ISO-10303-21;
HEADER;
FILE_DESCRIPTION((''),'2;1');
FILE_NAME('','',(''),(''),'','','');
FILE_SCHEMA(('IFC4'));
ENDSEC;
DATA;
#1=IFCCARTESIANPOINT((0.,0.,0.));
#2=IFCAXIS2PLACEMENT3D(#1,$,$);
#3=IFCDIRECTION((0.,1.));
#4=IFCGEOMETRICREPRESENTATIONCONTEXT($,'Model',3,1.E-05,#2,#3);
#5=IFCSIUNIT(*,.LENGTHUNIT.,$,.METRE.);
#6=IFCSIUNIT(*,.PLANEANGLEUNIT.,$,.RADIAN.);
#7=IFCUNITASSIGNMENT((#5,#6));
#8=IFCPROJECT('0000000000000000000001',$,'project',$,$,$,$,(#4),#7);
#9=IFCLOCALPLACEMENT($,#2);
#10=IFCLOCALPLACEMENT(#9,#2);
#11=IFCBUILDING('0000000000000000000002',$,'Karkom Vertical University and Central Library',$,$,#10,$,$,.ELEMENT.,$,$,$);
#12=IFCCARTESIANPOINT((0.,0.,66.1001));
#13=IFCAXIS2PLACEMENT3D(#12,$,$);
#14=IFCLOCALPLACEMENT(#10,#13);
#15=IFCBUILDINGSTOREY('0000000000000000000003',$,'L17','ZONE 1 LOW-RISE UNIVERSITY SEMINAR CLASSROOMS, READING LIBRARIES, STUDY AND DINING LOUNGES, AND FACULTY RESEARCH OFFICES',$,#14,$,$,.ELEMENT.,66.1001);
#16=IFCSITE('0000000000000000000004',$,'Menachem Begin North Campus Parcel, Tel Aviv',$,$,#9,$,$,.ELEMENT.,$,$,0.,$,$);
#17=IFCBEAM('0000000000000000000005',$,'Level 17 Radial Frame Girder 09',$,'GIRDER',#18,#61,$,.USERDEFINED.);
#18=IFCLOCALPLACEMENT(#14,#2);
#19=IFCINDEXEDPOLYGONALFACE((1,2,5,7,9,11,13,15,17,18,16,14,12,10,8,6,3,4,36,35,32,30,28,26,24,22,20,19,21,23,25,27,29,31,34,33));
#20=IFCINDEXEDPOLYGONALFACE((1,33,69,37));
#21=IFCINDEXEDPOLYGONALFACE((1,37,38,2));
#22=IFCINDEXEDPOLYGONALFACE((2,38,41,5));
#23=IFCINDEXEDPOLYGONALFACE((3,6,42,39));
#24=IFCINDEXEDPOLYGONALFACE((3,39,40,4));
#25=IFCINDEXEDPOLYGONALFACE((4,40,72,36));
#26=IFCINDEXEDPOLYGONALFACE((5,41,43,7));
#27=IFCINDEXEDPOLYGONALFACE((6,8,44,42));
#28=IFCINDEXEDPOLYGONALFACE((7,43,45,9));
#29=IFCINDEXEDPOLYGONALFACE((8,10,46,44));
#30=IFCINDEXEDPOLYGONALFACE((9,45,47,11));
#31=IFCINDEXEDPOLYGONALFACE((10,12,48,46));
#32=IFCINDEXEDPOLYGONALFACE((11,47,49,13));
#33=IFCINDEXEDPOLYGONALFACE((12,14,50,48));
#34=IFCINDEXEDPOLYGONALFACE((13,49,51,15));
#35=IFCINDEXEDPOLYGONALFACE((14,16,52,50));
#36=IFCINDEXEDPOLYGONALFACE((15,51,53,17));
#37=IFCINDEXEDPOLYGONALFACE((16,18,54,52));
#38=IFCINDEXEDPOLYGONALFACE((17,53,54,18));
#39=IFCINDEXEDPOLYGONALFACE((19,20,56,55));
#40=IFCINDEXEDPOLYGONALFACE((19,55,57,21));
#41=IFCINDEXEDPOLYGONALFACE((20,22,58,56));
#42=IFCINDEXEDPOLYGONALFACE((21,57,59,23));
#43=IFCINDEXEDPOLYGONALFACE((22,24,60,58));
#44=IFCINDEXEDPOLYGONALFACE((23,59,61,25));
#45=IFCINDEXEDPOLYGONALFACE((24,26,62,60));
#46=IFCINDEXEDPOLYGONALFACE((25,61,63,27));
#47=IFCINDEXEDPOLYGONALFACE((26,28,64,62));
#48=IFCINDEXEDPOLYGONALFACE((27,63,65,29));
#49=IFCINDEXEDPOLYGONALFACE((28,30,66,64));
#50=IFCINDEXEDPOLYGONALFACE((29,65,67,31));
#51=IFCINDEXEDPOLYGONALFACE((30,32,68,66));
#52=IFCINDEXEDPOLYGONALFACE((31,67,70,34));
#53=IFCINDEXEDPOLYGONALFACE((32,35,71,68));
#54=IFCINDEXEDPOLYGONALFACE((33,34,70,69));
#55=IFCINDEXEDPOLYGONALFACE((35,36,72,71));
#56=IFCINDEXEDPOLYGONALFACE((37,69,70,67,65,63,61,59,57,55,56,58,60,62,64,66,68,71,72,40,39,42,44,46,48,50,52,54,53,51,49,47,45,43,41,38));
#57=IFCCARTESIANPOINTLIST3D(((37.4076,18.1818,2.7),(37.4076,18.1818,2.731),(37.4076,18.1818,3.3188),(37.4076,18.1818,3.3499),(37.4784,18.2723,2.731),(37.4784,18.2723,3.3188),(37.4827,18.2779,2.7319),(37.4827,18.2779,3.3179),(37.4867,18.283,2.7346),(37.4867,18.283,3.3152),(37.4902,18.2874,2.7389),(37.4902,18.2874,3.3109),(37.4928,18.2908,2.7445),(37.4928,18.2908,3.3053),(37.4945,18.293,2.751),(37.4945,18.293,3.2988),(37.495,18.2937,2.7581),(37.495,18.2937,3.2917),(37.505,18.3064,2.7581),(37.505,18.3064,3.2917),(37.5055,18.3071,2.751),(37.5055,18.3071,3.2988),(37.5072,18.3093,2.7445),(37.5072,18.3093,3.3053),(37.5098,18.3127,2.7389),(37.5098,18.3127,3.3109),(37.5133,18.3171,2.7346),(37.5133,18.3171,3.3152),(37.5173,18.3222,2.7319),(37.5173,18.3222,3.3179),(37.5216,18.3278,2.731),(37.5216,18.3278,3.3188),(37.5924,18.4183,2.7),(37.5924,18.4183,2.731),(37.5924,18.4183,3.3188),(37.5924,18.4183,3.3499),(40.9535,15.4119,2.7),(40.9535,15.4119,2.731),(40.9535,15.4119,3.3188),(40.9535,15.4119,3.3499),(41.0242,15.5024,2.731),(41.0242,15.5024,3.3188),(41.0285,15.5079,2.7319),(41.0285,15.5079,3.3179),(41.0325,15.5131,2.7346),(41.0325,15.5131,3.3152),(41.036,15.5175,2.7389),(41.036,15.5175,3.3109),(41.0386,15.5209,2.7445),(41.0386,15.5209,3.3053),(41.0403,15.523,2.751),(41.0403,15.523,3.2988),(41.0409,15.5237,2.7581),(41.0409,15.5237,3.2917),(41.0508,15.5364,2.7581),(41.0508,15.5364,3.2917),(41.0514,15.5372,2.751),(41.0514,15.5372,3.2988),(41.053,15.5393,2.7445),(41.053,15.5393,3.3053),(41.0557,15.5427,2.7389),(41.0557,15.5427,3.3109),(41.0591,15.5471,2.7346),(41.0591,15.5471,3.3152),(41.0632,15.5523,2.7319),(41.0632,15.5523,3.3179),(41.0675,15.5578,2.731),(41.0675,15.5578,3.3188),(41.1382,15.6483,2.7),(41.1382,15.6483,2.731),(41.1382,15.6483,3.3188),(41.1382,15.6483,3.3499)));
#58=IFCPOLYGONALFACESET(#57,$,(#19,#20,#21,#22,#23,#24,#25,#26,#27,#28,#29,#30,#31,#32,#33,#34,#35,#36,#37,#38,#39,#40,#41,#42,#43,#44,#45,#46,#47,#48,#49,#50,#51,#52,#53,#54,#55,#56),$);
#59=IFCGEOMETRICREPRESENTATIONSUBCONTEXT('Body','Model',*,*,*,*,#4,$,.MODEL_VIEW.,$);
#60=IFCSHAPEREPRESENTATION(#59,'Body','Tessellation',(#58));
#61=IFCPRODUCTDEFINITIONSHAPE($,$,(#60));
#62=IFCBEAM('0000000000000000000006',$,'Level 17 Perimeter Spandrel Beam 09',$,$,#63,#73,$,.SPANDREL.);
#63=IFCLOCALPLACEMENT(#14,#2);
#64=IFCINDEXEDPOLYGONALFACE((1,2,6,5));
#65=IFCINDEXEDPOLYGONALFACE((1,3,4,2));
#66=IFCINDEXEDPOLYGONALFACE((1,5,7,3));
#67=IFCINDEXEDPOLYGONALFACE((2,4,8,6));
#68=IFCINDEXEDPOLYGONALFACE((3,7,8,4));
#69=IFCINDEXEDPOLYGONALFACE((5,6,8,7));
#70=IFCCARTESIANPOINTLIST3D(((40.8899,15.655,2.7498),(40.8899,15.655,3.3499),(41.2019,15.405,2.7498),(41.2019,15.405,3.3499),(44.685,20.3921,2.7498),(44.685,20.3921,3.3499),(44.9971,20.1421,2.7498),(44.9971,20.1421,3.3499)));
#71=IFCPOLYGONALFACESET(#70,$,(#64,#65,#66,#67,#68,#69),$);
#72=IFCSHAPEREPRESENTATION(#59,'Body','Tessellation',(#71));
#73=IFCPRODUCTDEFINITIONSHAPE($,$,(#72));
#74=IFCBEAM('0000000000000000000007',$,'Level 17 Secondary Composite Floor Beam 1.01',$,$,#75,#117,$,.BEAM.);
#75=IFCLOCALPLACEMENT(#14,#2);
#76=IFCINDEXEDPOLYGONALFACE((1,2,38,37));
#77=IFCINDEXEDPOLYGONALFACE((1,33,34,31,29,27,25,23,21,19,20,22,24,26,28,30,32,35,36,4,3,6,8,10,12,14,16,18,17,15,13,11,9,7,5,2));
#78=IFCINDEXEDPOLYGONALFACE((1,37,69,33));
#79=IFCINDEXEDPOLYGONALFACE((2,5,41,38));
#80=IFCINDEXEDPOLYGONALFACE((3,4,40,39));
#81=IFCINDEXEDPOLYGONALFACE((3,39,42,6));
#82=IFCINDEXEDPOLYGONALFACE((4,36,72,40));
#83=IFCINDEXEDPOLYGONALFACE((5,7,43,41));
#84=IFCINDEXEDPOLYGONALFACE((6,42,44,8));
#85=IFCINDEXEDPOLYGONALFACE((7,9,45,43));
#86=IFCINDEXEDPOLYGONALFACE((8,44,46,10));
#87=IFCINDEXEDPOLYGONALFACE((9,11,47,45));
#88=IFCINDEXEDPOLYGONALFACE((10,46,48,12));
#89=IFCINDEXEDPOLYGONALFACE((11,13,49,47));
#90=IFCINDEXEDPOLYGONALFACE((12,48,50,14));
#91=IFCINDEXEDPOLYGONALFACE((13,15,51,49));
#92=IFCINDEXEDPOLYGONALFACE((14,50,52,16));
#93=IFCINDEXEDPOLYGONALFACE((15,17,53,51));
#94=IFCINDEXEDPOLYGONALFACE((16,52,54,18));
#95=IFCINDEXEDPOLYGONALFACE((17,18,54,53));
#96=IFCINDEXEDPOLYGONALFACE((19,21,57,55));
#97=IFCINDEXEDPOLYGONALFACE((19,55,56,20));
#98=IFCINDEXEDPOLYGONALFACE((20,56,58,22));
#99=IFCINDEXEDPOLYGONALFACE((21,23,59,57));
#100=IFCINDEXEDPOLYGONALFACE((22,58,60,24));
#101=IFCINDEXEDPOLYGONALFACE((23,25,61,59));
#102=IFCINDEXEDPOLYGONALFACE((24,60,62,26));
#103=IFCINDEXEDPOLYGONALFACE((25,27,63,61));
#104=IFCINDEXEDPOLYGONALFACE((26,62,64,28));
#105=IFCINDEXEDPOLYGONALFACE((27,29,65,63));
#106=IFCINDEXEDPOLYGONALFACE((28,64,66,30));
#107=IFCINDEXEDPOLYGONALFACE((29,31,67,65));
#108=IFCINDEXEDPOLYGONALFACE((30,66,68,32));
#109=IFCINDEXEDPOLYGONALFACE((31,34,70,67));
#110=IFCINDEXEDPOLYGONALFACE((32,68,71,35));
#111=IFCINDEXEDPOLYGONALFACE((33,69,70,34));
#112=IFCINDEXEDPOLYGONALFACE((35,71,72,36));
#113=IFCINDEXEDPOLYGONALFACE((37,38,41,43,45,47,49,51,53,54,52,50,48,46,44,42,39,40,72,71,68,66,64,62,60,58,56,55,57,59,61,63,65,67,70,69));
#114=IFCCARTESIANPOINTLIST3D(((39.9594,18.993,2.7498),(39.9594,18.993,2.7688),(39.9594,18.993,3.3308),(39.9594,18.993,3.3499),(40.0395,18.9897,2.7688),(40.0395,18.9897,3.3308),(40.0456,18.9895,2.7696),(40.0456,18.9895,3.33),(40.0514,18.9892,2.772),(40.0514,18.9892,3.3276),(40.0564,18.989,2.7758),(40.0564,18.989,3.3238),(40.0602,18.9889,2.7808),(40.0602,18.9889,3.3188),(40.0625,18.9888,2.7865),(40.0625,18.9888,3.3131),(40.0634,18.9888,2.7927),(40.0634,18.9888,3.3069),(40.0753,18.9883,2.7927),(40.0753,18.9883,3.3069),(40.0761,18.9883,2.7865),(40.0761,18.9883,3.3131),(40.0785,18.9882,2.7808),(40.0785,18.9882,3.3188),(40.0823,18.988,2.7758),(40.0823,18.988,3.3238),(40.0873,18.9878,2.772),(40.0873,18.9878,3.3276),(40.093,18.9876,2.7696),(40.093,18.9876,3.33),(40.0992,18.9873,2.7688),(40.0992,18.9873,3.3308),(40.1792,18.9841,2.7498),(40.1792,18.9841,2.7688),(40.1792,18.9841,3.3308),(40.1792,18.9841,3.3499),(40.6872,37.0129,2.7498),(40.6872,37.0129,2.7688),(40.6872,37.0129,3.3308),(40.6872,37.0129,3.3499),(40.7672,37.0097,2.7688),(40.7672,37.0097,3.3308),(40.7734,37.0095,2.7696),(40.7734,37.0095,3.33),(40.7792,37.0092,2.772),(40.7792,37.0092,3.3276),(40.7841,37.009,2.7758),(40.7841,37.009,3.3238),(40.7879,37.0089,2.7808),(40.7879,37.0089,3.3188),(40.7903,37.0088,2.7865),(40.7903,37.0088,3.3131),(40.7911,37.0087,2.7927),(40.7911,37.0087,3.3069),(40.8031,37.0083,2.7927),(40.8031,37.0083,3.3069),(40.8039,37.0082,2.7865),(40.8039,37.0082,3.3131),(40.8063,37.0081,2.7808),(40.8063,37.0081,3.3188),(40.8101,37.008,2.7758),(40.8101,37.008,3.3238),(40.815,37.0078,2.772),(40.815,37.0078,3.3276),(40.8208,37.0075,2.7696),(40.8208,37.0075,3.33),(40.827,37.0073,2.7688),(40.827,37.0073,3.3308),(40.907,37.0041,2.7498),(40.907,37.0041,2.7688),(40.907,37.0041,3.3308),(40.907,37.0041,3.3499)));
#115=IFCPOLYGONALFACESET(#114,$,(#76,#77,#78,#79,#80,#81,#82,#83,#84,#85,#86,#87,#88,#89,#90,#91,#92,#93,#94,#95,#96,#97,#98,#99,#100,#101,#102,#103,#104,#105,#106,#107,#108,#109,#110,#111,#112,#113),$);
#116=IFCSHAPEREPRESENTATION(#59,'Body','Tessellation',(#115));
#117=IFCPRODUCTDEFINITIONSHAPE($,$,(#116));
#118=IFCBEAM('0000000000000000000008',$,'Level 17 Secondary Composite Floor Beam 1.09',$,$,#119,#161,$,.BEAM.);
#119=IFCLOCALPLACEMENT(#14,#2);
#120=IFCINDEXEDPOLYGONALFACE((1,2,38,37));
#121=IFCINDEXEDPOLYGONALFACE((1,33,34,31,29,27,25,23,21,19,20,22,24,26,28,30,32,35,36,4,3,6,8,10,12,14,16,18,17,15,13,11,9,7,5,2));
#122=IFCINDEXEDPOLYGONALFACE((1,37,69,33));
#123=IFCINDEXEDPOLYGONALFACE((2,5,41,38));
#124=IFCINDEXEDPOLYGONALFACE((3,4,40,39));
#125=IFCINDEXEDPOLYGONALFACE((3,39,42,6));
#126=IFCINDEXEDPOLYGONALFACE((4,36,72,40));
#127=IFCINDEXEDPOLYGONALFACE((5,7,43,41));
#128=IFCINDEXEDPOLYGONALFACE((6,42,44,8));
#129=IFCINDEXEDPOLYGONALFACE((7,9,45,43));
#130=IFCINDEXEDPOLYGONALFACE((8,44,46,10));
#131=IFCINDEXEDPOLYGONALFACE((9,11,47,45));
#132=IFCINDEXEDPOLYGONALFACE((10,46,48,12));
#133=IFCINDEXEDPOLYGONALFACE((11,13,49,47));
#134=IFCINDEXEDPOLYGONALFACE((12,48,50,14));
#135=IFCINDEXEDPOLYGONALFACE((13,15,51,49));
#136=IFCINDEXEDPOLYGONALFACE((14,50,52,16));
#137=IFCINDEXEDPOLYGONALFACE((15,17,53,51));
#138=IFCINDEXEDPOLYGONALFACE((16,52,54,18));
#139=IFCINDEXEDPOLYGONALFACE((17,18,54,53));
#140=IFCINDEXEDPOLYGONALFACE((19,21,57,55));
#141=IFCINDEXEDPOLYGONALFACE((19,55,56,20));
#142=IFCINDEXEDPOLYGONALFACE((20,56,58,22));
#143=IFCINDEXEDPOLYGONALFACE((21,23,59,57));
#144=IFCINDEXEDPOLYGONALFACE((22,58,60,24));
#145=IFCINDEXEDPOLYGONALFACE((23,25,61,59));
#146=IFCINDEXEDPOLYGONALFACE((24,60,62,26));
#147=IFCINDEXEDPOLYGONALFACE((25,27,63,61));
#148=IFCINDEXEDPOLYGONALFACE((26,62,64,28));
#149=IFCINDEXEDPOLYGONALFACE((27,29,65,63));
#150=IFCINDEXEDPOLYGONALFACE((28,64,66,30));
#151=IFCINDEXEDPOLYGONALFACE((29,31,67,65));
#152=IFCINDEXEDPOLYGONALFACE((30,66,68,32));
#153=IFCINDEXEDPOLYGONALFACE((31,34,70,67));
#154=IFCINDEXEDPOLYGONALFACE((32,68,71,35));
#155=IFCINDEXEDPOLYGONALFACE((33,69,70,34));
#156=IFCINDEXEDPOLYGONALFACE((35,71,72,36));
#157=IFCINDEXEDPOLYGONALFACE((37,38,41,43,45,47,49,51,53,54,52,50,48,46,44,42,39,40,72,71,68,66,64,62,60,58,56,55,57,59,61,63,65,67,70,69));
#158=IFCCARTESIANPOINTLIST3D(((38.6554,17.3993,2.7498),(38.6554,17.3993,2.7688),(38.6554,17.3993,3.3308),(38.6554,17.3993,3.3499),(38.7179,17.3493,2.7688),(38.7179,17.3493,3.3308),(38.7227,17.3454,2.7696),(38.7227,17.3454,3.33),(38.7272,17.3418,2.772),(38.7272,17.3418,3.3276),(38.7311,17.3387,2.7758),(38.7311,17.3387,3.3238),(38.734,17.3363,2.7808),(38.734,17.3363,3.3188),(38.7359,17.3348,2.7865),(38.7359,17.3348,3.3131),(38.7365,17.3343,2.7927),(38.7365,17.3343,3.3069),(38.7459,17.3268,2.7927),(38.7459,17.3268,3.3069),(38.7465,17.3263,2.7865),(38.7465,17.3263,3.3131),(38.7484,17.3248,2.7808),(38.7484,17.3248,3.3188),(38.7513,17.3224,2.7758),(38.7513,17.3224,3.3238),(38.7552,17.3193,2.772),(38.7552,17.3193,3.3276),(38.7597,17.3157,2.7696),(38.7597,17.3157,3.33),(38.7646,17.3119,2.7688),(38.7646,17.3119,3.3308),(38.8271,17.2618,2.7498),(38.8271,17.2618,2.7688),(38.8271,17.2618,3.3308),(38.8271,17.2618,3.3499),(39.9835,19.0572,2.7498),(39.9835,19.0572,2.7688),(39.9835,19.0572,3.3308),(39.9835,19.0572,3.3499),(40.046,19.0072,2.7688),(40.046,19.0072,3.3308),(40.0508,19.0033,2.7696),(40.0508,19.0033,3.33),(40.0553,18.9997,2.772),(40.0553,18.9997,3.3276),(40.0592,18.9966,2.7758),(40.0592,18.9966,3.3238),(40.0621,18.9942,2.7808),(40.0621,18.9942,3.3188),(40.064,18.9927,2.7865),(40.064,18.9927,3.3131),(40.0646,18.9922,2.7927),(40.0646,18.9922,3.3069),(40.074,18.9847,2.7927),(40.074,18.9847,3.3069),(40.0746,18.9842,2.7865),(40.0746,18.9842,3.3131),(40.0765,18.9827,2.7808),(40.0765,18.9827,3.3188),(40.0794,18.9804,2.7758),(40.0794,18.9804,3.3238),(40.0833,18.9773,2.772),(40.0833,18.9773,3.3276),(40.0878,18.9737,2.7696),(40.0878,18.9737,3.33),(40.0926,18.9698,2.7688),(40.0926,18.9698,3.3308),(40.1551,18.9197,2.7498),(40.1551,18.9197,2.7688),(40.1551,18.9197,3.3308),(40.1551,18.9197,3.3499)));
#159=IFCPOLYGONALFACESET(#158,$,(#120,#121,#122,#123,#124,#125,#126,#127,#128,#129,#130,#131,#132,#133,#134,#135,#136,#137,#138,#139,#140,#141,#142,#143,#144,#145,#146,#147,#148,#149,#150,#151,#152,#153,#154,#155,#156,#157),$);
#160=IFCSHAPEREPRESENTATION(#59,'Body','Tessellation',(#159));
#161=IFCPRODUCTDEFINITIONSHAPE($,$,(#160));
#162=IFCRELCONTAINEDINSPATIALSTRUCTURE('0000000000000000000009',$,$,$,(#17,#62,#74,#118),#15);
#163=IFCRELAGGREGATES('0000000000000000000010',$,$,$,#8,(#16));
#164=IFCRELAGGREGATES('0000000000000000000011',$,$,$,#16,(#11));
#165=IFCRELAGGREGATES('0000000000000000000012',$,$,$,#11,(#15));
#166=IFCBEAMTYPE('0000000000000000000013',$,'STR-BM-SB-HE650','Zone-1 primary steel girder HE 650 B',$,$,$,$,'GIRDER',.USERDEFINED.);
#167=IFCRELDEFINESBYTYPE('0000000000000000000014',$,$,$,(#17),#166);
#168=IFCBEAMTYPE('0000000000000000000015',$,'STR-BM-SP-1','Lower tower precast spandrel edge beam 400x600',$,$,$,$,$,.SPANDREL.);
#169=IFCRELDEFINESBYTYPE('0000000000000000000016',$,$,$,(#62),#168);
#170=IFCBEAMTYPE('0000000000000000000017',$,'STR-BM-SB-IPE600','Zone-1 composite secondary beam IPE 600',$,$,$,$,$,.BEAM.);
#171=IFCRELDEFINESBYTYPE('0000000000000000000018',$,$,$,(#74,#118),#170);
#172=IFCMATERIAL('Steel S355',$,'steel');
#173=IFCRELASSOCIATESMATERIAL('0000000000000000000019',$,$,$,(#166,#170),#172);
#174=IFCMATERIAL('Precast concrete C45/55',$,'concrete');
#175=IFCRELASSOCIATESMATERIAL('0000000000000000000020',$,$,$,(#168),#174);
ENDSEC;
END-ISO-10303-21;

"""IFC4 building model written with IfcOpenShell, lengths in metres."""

from ifc_helpers import new_model, si_unit, direction, frame, origin, origin_with_axes, origin_2d, place, context, subcontext, project, spatial, rectangle, i_section, extrude, source, transform, mapped, material, material_profile, profile_set, type_object, element, save


model = new_model("IFC4")

# Units and contexts
model_context = context("Model", 3, precision=1e-05, world=origin(), true_north=direction((0.0, 1.0)))
body_context = subcontext(model_context, "Body", "Model", "MODEL_VIEW")
ifc_project = project(units=[si_unit("LENGTHUNIT", "METRE"), si_unit("PLANEANGLEUNIT", "RADIAN")], contexts=[model_context])

# Site, building, storey
site_placement = place(None, origin())
site = spatial("IfcSite", under=ifc_project, at=site_placement, Name="Menachem Begin North Campus Parcel, Tel Aviv", CompositionType="ELEMENT", RefElevation=0.0)
building_placement = place(site_placement, origin())
building = spatial("IfcBuilding", under=site, at=building_placement, Name="Karkom Vertical University and Central Library", CompositionType="ELEMENT")
storey_placement = place(building_placement, frame((0.0, 0.0, 66.1001)))
storey = spatial("IfcBuildingStorey", under=building, at=storey_placement, Name="L17", Description="ZONE 1 LOW-RISE UNIVERSITY SEMINAR CLASSROOMS, READING LIBRARIES, STUDY AND DINING LOUNGES, AND FACULTY RESEARCH OFFICES", CompositionType="ELEMENT", Elevation=66.1001)

# Beams
ifc_material_1 = material(Name="Steel S355", Category="steel")
ifc_material_profile_1 = material_profile(ifc_material_1, i_section(OverallWidth=0.3, OverallDepth=0.6499, WebThickness=0.0161, FlangeThickness=0.031, FilletRadius=0.0271, at=origin_2d()), Name="HE 650 B")
ifc_profile_set_1 = profile_set([ifc_material_profile_1], Name="Steel S355")
beam_type_1 = type_object("IfcBeamType", Name="STR-BM-SB-HE650", Description="Zone-1 primary steel girder HE 650 B", ElementType="GIRDER", PredefinedType="USERDEFINED", material=ifc_profile_set_1)
shared_shape_1 = source(origin_with_axes(), body_context, "Body", "SweptSolid", [
    extrude(i_section(OverallWidth=0.3, OverallDepth=0.6499, WebThickness=0.0161, FlangeThickness=0.031, FilletRadius=0.0271, at=origin_2d()), origin(), (0.0, 0.0, 1.0), 4.4995),
])
beam_1_placement = place(storey_placement, frame((37.5, 18.3, 3.0249), z_axis=(0.788047, -0.615615, 0.0), x_axis=(0.615615, 0.788047, 0.0)))
element("IfcBeam", 1, at=beam_1_placement, inside=storey, type_object=beam_type_1, Name="Level 17 Radial Frame Girder 09", ObjectType="GIRDER", PredefinedType="USERDEFINED", context=body_context, shape_type="MappedRepresentation", body=[
    mapped(shared_shape_1, transform((0.0, 0.0, 0.0), scale=1.0)),
])
ifc_material_2 = material(Name="Precast concrete C45/55", Category="concrete")
ifc_material_profile_2 = material_profile(ifc_material_2, rectangle(XDim=0.3999, YDim=0.6001, at=origin_2d()), Name="SPB-400x600")
ifc_profile_set_2 = profile_set([ifc_material_profile_2], Name="Precast concrete C45/55")
beam_type_2 = type_object("IfcBeamType", Name="STR-BM-SP-1", Description="Lower tower precast spandrel edge beam 400x600", PredefinedType="SPANDREL", material=ifc_profile_set_2)
shared_shape_2 = source(origin_with_axes(), body_context, "Body", "SweptSolid", [
    extrude(rectangle(XDim=0.3999, YDim=0.6001, at=origin_2d()), origin(), (0.0, 0.0, 1.0), 6.0698),
])
beam_2_placement = place(storey_placement, frame((41.0459, 15.53, 3.0498), z_axis=(0.625249, 0.780425, 0.0), x_axis=(-0.780425, 0.625249, 0.0)))
element("IfcBeam", 2, at=beam_2_placement, inside=storey, type_object=beam_type_2, Name="Level 17 Perimeter Spandrel Beam 09", PredefinedType="SPANDREL", context=body_context, shape_type="MappedRepresentation", body=[
    mapped(shared_shape_2, transform((0.0, 0.0, 0.0), scale=1.0)),
])
ifc_material_profile_3 = material_profile(ifc_material_1, i_section(OverallWidth=0.22, OverallDepth=0.6001, WebThickness=0.012, FlangeThickness=0.019, FilletRadius=0.0239, at=origin_2d()), Name="IPE 600")
ifc_profile_set_3 = profile_set([ifc_material_profile_3], Name="Steel S355")
beam_type_3 = type_object("IfcBeamType", Name="STR-BM-SB-IPE600", Description="Zone-1 composite secondary beam IPE 600", PredefinedType="BEAM", material=ifc_profile_set_3)
shared_shape_3 = source(origin_with_axes(), body_context, "Body", "SweptSolid", [
    extrude(i_section(OverallWidth=0.22, OverallDepth=0.6001, WebThickness=0.012, FlangeThickness=0.019, FilletRadius=0.0239, at=origin_2d()), origin(), (0.0, 0.0, 1.0), 18.0347),
])
beam_3_placement = place(storey_placement, frame((40.0693, 18.9885, 3.0498), z_axis=(0.040355, 0.999185, 0.0), x_axis=(-0.999185, 0.040355, 0.0)))
element("IfcBeam", 3, at=beam_3_placement, inside=storey, type_object=beam_type_3, Name="Level 17 Secondary Composite Floor Beam 1.01", PredefinedType="BEAM", context=body_context, shape_type="MappedRepresentation", body=[
    mapped(shared_shape_3, transform((0.0, 0.0, 0.0), scale=1.0)),
])
shared_shape_4 = source(origin_with_axes(), body_context, "Body", "SweptSolid", [
    extrude(i_section(OverallWidth=0.22, OverallDepth=0.6001, WebThickness=0.012, FlangeThickness=0.019, FilletRadius=0.0239, at=origin_2d()), origin(), (0.0, 0.0, 1.0), 2.1243),
])
beam_4_placement = place(storey_placement, frame((38.7412, 17.3306, 3.0498), z_axis=(0.625199, 0.780465, 0.0), x_axis=(-0.780465, 0.625199, 0.0)))
element("IfcBeam", 4, at=beam_4_placement, inside=storey, type_object=beam_type_3, Name="Level 17 Secondary Composite Floor Beam 1.09", PredefinedType="BEAM", context=body_context, shape_type="MappedRepresentation", body=[
    mapped(shared_shape_4, transform((0.0, 0.0, 0.0), scale=1.0)),
])

save(model, "model.ifc")
